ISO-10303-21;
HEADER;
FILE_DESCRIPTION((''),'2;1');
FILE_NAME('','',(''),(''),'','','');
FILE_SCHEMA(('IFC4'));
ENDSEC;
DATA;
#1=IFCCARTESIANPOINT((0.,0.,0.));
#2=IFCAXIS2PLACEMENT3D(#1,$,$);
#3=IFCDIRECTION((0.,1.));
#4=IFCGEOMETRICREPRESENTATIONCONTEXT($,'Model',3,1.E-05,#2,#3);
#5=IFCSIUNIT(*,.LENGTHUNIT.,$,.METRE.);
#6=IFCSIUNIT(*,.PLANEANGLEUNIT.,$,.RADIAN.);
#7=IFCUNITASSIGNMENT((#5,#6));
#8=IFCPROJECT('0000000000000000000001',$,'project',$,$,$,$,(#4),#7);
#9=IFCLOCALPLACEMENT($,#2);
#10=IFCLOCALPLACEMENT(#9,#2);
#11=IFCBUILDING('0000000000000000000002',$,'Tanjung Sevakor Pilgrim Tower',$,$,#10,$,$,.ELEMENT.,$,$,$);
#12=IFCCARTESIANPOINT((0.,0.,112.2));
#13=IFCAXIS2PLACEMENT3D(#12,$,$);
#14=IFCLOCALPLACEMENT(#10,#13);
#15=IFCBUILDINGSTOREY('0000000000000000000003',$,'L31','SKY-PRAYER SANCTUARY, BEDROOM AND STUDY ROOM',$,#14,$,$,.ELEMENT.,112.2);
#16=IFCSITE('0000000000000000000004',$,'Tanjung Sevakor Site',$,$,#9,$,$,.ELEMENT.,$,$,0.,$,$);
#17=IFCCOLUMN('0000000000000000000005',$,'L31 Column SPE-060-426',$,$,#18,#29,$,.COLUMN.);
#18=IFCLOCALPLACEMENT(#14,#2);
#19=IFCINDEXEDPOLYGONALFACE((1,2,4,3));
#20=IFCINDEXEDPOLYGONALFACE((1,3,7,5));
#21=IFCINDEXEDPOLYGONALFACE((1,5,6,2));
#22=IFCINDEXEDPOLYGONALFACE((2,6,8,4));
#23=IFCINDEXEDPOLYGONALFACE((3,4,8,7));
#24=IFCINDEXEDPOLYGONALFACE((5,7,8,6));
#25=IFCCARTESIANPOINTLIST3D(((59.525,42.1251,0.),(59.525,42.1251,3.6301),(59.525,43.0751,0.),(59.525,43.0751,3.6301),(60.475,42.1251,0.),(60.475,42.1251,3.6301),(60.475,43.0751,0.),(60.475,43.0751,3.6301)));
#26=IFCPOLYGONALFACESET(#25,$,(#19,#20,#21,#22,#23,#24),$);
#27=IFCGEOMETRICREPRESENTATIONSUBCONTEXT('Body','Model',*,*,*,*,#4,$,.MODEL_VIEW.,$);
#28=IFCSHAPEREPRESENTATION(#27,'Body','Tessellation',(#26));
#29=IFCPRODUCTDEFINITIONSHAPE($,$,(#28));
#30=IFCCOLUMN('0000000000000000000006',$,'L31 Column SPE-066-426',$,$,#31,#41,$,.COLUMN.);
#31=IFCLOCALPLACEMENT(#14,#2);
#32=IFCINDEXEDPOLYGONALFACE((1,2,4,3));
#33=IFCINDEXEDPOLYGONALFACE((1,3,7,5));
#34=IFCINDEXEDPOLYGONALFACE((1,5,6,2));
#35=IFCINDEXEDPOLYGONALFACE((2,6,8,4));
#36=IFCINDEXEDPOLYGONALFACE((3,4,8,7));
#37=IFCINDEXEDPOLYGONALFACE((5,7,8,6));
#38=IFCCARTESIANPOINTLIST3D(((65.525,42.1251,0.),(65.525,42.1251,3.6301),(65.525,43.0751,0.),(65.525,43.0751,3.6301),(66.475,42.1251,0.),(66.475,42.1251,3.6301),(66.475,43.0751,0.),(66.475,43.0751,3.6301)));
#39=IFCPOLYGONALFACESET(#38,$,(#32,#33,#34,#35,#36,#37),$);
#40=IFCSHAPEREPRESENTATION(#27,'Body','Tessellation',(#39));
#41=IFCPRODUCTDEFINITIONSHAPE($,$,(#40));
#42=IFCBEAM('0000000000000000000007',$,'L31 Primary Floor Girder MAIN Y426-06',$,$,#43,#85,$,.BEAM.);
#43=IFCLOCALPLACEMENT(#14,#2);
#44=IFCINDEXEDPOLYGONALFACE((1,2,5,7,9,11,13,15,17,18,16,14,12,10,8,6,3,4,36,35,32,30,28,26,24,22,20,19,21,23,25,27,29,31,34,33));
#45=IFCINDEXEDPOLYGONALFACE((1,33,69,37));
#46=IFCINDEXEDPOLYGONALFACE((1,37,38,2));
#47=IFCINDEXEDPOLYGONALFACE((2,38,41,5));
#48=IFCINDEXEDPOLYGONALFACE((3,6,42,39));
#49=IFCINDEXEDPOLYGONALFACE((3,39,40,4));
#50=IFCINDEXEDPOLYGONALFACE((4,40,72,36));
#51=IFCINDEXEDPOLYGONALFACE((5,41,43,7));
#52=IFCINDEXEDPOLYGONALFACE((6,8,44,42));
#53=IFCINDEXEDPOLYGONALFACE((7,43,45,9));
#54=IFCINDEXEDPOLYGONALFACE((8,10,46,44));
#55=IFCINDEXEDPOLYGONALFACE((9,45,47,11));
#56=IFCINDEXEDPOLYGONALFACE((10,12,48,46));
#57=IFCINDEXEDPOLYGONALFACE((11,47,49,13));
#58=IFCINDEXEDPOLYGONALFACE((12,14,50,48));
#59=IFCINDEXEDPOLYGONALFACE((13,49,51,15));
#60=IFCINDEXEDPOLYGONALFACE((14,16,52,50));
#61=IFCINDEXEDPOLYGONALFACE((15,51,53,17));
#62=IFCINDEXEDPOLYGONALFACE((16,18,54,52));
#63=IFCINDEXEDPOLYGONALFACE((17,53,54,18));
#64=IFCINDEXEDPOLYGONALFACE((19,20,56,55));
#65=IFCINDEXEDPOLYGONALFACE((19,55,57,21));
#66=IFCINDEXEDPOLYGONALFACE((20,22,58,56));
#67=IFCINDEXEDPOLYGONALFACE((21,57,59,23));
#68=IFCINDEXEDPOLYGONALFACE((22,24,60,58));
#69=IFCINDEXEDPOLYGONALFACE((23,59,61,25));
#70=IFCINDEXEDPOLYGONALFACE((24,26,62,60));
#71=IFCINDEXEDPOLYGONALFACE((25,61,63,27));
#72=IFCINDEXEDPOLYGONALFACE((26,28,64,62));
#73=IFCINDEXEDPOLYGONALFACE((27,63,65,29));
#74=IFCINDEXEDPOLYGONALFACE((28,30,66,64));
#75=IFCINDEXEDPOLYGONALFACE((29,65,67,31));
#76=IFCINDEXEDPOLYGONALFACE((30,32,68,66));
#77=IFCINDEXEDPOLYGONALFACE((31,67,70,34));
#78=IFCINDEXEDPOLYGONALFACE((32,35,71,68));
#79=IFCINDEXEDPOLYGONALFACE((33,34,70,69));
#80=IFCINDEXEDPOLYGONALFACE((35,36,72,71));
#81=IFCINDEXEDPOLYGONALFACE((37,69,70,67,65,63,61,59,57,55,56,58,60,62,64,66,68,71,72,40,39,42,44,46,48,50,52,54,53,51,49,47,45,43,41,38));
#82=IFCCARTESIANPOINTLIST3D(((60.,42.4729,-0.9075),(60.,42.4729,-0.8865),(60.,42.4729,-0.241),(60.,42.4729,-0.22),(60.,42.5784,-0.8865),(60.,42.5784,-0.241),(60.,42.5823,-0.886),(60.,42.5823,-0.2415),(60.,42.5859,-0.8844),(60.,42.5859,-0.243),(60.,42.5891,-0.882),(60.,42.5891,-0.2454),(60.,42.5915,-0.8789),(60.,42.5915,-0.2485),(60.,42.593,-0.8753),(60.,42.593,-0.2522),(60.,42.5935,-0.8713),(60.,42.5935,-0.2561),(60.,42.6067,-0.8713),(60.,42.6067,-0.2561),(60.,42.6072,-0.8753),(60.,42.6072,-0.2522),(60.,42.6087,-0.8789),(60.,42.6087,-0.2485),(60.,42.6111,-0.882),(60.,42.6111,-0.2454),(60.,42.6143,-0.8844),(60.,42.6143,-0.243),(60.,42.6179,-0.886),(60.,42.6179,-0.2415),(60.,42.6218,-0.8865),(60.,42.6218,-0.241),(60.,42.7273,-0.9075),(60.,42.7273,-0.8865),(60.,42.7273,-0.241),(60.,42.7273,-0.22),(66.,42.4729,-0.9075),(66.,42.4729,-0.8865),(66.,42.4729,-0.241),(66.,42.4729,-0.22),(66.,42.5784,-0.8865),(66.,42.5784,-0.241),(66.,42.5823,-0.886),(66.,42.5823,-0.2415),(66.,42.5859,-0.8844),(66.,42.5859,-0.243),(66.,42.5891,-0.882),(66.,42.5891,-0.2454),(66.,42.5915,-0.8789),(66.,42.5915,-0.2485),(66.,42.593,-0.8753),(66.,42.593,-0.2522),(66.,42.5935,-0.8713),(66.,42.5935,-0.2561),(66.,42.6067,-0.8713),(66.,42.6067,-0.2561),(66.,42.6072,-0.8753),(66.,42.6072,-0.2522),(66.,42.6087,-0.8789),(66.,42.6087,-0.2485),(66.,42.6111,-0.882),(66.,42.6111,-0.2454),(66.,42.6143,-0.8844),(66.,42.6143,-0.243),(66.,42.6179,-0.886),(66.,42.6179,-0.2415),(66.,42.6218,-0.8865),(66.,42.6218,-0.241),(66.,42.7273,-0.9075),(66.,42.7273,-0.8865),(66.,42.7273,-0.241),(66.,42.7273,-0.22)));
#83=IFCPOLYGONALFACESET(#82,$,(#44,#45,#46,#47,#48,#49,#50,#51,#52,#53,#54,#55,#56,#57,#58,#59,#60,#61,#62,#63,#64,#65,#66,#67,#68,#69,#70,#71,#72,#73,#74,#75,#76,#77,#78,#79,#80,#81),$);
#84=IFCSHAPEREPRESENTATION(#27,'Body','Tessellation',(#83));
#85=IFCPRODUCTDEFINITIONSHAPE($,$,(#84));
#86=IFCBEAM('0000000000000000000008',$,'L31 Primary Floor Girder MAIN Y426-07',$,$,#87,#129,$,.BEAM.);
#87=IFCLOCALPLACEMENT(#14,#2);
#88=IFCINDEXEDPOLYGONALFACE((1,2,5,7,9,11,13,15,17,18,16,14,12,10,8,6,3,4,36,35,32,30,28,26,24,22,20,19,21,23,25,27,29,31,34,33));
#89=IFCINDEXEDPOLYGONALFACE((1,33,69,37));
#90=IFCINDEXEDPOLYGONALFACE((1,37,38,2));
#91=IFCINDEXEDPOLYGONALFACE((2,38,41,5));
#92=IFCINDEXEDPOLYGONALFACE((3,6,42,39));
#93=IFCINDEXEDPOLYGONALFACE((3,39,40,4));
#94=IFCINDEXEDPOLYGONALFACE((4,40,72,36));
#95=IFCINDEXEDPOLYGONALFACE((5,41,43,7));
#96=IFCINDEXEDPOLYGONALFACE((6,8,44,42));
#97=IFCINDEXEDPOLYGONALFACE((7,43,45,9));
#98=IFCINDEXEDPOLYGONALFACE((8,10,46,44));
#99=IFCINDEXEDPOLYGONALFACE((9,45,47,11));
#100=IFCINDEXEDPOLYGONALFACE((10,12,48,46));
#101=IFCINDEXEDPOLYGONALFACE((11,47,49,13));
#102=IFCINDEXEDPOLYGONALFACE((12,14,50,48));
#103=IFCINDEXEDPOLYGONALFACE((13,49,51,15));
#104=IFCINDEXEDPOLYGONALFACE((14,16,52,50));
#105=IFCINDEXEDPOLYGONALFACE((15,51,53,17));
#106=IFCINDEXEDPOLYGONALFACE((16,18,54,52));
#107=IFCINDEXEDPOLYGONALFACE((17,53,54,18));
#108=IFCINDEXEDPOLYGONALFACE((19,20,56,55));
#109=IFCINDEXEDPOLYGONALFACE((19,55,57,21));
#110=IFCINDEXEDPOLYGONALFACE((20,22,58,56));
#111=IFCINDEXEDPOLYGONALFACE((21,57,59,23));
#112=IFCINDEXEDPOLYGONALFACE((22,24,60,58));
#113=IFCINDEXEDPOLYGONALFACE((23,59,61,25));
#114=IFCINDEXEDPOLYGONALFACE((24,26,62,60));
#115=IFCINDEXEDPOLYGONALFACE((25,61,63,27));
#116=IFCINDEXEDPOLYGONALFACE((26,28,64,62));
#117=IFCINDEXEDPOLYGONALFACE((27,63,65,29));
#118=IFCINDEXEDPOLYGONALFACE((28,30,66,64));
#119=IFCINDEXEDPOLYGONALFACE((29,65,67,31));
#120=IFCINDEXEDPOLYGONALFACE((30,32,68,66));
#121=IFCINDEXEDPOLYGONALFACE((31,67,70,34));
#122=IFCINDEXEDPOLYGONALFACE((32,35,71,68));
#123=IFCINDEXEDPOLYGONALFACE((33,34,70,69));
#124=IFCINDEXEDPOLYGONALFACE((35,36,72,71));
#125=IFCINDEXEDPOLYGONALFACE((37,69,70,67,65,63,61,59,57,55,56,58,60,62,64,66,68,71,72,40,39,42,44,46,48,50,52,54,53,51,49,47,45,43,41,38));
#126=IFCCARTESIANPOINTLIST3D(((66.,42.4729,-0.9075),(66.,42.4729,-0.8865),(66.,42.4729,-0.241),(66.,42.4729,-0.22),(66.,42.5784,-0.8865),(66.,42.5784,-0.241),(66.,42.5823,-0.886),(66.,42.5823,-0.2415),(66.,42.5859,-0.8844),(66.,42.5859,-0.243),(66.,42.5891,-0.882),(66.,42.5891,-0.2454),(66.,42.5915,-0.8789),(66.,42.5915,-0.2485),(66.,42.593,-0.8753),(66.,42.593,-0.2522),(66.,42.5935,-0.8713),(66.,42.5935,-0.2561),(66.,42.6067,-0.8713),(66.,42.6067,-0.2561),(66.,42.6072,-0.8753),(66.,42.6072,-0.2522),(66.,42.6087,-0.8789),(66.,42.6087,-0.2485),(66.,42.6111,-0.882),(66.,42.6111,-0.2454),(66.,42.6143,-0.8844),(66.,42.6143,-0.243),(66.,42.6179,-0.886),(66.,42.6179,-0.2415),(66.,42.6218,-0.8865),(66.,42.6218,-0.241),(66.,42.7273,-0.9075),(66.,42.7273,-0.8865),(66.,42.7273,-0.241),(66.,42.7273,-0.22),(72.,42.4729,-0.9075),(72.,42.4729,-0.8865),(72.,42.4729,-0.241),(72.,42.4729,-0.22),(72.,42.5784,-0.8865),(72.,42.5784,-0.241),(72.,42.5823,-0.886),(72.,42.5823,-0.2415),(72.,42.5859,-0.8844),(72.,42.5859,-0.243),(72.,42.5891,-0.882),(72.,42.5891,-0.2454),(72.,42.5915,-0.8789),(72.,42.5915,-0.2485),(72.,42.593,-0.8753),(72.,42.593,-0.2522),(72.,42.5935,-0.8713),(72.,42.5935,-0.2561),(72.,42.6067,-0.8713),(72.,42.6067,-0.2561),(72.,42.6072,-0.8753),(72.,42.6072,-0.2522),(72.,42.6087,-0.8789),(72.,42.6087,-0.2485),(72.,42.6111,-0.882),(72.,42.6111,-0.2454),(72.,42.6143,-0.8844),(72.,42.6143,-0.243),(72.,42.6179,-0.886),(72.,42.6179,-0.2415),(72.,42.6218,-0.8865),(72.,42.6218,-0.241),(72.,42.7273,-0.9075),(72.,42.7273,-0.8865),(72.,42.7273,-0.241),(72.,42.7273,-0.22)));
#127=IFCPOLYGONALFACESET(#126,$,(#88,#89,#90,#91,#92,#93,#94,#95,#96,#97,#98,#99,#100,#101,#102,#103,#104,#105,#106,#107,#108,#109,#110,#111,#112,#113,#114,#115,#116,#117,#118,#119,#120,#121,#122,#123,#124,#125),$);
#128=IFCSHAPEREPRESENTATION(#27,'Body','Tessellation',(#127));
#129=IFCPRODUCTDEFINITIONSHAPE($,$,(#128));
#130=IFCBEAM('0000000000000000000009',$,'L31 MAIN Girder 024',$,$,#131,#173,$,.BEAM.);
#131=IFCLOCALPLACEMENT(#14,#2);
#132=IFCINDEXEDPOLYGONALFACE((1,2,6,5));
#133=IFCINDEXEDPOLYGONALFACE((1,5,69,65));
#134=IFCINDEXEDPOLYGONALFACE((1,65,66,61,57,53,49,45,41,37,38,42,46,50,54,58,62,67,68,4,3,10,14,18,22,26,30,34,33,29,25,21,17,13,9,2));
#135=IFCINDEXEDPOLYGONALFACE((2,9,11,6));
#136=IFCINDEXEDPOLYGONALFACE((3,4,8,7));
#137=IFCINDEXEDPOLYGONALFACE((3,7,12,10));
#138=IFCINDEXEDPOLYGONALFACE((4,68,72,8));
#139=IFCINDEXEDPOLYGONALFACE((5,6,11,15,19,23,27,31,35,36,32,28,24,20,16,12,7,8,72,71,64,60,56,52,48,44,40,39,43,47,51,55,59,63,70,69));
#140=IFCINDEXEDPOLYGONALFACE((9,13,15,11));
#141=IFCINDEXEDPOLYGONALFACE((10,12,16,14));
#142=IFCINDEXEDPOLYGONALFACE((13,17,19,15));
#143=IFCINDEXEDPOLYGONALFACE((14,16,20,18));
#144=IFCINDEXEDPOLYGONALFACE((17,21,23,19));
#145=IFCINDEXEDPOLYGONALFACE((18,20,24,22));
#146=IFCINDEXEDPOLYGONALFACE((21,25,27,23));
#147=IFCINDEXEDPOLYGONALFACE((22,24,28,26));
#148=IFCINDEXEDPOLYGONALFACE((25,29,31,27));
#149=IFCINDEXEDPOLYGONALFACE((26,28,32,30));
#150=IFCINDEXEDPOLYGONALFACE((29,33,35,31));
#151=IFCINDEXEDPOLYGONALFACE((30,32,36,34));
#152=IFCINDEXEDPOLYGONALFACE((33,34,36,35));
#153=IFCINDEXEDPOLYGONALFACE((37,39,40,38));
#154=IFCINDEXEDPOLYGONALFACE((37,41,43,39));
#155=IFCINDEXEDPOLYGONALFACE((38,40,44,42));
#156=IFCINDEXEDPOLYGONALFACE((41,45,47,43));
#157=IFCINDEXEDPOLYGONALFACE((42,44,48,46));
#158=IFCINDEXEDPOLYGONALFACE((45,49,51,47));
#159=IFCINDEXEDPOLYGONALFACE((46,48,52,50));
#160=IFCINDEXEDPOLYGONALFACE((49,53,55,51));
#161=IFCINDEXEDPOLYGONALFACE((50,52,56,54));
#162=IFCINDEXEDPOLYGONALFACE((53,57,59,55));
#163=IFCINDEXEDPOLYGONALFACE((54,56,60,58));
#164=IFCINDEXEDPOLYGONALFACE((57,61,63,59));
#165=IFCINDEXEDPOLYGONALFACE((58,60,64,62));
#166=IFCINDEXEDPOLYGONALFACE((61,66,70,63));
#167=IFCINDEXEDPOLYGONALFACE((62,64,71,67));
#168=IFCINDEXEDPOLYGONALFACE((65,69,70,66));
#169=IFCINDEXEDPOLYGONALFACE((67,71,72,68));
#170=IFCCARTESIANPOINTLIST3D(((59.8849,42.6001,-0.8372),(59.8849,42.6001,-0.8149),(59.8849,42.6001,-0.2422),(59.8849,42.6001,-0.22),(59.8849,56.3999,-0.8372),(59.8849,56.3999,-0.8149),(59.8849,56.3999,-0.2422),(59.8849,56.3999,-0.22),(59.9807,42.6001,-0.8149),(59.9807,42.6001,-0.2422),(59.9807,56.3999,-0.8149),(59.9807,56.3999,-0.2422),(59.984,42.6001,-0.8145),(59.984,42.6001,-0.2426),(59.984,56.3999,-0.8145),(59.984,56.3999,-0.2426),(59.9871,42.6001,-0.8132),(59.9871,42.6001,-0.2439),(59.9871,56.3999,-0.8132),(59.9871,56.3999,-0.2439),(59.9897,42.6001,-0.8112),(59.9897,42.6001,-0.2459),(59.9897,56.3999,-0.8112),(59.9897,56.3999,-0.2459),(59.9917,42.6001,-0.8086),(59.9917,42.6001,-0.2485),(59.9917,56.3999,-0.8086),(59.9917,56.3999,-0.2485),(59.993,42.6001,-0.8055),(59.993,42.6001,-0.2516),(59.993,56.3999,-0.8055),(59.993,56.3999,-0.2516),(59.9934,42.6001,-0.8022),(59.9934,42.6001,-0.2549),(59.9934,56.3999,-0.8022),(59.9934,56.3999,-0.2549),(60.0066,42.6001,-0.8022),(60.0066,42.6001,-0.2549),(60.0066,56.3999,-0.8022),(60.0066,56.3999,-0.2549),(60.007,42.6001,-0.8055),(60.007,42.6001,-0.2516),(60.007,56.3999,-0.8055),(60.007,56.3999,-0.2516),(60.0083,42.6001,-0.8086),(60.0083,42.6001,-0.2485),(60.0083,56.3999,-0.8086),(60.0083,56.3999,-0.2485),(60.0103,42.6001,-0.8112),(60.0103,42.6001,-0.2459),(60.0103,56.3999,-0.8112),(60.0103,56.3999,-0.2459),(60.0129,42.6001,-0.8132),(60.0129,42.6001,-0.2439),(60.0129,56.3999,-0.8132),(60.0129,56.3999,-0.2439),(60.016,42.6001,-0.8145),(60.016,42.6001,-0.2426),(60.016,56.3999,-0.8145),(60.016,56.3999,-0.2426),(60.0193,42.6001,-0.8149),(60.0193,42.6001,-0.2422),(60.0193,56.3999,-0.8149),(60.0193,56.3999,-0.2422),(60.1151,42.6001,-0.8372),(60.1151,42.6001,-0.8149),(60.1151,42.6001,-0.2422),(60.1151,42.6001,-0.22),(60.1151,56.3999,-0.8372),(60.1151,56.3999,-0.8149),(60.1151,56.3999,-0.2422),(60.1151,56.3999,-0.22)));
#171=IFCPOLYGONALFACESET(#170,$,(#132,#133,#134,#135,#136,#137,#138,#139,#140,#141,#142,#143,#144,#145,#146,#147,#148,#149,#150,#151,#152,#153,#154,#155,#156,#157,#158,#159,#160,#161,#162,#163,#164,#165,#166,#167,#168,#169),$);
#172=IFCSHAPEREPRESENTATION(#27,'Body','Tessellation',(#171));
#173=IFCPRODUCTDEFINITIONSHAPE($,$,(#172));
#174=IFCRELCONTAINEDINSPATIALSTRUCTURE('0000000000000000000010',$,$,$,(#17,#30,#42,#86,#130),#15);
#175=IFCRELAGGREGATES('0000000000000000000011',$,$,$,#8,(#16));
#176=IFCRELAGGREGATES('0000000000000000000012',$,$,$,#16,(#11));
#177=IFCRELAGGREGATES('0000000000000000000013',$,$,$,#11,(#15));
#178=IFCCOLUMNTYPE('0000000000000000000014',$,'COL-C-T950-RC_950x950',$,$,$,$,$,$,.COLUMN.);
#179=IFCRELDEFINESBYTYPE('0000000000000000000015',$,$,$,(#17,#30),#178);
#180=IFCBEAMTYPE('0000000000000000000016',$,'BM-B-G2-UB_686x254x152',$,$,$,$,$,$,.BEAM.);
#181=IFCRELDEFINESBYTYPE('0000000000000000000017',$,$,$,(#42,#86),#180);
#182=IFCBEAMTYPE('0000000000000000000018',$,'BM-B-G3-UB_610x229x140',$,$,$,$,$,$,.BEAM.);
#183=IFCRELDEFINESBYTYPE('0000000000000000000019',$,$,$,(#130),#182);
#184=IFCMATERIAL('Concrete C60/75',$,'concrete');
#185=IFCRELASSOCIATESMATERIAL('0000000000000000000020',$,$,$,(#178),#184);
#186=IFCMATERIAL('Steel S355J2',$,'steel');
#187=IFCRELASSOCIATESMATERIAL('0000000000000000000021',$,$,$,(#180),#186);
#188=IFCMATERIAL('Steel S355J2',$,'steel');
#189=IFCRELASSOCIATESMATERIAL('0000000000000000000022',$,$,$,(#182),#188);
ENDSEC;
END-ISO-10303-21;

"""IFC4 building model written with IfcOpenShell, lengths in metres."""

from ifc_helpers import new_model, si_unit, direction, frame, origin, origin_2d, place, context, subcontext, project, spatial, rectangle, i_section, extrude, material, material_profile, profile_set, type_object, element, save


model = new_model("IFC4")

# Units and contexts
model_context = context("Model", 3, precision=1e-05, world=origin(), true_north=direction((0.0, 1.0)))
body_context = subcontext(model_context, "Body", "Model", "MODEL_VIEW")
ifc_project = project(units=[si_unit("LENGTHUNIT", "METRE"), si_unit("PLANEANGLEUNIT", "RADIAN")], contexts=[model_context])

# Site, building, storey
site_placement = place(None, origin())
site = spatial("IfcSite", under=ifc_project, at=site_placement, Name="Tanjung Sevakor Site", CompositionType="ELEMENT", RefElevation=0.0)
building_placement = place(site_placement, origin())
building = spatial("IfcBuilding", under=site, at=building_placement, Name="Tanjung Sevakor Pilgrim Tower", CompositionType="ELEMENT")
storey_placement = place(building_placement, frame((0.0, 0.0, 112.2)))
storey = spatial("IfcBuildingStorey", under=building, at=storey_placement, Name="L31", Description="SKY-PRAYER SANCTUARY, BEDROOM AND STUDY ROOM", CompositionType="ELEMENT", Elevation=112.2)

# Columns
ifc_material_1 = material(Name="Concrete C60/75", Category="concrete")
ifc_material_profile_1 = material_profile(ifc_material_1, rectangle(XDim=0.95, YDim=0.95, at=origin_2d()))
ifc_profile_set_1 = profile_set([ifc_material_profile_1], Name="Concrete C60/75")
column_type = type_object("IfcColumnType", Name="COL-C-T950-RC_950x950", PredefinedType="COLUMN", material=ifc_profile_set_1)
for number, where, z_axis, x_axis, name in (
    (1, (60.0, 42.6001, 0.0), (0.0, 0.0, 1.0), (1.0, 0.0, 0.0), "L31 Column SPE-060-426"),
    (2, (66.0, 42.6001, 0.0), (0.0, 0.0, 1.0), (1.0, 0.0, 0.0), "L31 Column SPE-066-426"),
):
    element("IfcColumn", number, at=place(storey_placement, frame(where, z_axis=z_axis, x_axis=x_axis)), inside=storey, type_object=column_type, Name=name, PredefinedType="COLUMN", context=body_context, shape_type="SweptSolid", body=[
        extrude(rectangle(XDim=0.95, YDim=0.95, at=origin_2d()), origin(), (0.0, 0.0, 1.0), 3.6301),
    ])

# Beams
ifc_material_2 = material(Name="Steel S355J2", Category="steel")
ifc_material_profile_2 = material_profile(ifc_material_2, i_section(OverallWidth=0.2544, OverallDepth=0.6875, WebThickness=0.0132, FlangeThickness=0.021, FilletRadius=0.0151, at=origin_2d()))
ifc_profile_set_2 = profile_set([ifc_material_profile_2], Name="Steel S355J2")
beam_type_1 = type_object("IfcBeamType", Name="BM-B-G2-UB_686x254x152", PredefinedType="BEAM", material=ifc_profile_set_2)
for number, where, z_axis, x_axis, name in (
    (3, (60.0, 42.6001, -0.5637), (1.0, 0.0, 0.0), (0.0, 1.0, 0.0), "L31 Primary Floor Girder MAIN Y426-06"),
    (4, (66.0, 42.6001, -0.5637), (1.0, 0.0, 0.0), (0.0, 1.0, 0.0), "L31 Primary Floor Girder MAIN Y426-07"),
):
    element("IfcBeam", number, at=place(storey_placement, frame(where, z_axis=z_axis, x_axis=x_axis)), inside=storey, type_object=beam_type_1, Name=name, PredefinedType="BEAM", context=body_context, shape_type="SweptSolid", body=[
        extrude(i_section(OverallWidth=0.2544, OverallDepth=0.6875, WebThickness=0.0132, FlangeThickness=0.021, FilletRadius=0.0151, at=origin_2d()), origin(), (0.0, 0.0, 1.0), 6.0),
    ])
ifc_material_3 = material(Name="Steel S355J2", Category="steel")
ifc_material_profile_3 = material_profile(ifc_material_3, i_section(OverallWidth=0.2302, OverallDepth=0.6172, WebThickness=0.0132, FlangeThickness=0.0222, FilletRadius=0.0127, at=origin_2d()))
ifc_profile_set_3 = profile_set([ifc_material_profile_3], Name="Steel S355J2")
beam_type_2 = type_object("IfcBeamType", Name="BM-B-G3-UB_610x229x140", PredefinedType="BEAM", material=ifc_profile_set_3)
for number, where, z_axis, x_axis, name in (
    (5, (60.0, 42.6001, -0.5286), (0.0, 1.0, 0.0), (-1.0, 0.0, 0.0), "L31 MAIN Girder 024"),
):
    element("IfcBeam", number, at=place(storey_placement, frame(where, z_axis=z_axis, x_axis=x_axis)), inside=storey, type_object=beam_type_2, Name=name, PredefinedType="BEAM", context=body_context, shape_type="SweptSolid", body=[
        extrude(i_section(OverallWidth=0.2302, OverallDepth=0.6172, WebThickness=0.0132, FlangeThickness=0.0222, FilletRadius=0.0127, at=origin_2d()), origin(), (0.0, 0.0, 1.0), 13.7998),
    ])

save(model, "model.ifc")
